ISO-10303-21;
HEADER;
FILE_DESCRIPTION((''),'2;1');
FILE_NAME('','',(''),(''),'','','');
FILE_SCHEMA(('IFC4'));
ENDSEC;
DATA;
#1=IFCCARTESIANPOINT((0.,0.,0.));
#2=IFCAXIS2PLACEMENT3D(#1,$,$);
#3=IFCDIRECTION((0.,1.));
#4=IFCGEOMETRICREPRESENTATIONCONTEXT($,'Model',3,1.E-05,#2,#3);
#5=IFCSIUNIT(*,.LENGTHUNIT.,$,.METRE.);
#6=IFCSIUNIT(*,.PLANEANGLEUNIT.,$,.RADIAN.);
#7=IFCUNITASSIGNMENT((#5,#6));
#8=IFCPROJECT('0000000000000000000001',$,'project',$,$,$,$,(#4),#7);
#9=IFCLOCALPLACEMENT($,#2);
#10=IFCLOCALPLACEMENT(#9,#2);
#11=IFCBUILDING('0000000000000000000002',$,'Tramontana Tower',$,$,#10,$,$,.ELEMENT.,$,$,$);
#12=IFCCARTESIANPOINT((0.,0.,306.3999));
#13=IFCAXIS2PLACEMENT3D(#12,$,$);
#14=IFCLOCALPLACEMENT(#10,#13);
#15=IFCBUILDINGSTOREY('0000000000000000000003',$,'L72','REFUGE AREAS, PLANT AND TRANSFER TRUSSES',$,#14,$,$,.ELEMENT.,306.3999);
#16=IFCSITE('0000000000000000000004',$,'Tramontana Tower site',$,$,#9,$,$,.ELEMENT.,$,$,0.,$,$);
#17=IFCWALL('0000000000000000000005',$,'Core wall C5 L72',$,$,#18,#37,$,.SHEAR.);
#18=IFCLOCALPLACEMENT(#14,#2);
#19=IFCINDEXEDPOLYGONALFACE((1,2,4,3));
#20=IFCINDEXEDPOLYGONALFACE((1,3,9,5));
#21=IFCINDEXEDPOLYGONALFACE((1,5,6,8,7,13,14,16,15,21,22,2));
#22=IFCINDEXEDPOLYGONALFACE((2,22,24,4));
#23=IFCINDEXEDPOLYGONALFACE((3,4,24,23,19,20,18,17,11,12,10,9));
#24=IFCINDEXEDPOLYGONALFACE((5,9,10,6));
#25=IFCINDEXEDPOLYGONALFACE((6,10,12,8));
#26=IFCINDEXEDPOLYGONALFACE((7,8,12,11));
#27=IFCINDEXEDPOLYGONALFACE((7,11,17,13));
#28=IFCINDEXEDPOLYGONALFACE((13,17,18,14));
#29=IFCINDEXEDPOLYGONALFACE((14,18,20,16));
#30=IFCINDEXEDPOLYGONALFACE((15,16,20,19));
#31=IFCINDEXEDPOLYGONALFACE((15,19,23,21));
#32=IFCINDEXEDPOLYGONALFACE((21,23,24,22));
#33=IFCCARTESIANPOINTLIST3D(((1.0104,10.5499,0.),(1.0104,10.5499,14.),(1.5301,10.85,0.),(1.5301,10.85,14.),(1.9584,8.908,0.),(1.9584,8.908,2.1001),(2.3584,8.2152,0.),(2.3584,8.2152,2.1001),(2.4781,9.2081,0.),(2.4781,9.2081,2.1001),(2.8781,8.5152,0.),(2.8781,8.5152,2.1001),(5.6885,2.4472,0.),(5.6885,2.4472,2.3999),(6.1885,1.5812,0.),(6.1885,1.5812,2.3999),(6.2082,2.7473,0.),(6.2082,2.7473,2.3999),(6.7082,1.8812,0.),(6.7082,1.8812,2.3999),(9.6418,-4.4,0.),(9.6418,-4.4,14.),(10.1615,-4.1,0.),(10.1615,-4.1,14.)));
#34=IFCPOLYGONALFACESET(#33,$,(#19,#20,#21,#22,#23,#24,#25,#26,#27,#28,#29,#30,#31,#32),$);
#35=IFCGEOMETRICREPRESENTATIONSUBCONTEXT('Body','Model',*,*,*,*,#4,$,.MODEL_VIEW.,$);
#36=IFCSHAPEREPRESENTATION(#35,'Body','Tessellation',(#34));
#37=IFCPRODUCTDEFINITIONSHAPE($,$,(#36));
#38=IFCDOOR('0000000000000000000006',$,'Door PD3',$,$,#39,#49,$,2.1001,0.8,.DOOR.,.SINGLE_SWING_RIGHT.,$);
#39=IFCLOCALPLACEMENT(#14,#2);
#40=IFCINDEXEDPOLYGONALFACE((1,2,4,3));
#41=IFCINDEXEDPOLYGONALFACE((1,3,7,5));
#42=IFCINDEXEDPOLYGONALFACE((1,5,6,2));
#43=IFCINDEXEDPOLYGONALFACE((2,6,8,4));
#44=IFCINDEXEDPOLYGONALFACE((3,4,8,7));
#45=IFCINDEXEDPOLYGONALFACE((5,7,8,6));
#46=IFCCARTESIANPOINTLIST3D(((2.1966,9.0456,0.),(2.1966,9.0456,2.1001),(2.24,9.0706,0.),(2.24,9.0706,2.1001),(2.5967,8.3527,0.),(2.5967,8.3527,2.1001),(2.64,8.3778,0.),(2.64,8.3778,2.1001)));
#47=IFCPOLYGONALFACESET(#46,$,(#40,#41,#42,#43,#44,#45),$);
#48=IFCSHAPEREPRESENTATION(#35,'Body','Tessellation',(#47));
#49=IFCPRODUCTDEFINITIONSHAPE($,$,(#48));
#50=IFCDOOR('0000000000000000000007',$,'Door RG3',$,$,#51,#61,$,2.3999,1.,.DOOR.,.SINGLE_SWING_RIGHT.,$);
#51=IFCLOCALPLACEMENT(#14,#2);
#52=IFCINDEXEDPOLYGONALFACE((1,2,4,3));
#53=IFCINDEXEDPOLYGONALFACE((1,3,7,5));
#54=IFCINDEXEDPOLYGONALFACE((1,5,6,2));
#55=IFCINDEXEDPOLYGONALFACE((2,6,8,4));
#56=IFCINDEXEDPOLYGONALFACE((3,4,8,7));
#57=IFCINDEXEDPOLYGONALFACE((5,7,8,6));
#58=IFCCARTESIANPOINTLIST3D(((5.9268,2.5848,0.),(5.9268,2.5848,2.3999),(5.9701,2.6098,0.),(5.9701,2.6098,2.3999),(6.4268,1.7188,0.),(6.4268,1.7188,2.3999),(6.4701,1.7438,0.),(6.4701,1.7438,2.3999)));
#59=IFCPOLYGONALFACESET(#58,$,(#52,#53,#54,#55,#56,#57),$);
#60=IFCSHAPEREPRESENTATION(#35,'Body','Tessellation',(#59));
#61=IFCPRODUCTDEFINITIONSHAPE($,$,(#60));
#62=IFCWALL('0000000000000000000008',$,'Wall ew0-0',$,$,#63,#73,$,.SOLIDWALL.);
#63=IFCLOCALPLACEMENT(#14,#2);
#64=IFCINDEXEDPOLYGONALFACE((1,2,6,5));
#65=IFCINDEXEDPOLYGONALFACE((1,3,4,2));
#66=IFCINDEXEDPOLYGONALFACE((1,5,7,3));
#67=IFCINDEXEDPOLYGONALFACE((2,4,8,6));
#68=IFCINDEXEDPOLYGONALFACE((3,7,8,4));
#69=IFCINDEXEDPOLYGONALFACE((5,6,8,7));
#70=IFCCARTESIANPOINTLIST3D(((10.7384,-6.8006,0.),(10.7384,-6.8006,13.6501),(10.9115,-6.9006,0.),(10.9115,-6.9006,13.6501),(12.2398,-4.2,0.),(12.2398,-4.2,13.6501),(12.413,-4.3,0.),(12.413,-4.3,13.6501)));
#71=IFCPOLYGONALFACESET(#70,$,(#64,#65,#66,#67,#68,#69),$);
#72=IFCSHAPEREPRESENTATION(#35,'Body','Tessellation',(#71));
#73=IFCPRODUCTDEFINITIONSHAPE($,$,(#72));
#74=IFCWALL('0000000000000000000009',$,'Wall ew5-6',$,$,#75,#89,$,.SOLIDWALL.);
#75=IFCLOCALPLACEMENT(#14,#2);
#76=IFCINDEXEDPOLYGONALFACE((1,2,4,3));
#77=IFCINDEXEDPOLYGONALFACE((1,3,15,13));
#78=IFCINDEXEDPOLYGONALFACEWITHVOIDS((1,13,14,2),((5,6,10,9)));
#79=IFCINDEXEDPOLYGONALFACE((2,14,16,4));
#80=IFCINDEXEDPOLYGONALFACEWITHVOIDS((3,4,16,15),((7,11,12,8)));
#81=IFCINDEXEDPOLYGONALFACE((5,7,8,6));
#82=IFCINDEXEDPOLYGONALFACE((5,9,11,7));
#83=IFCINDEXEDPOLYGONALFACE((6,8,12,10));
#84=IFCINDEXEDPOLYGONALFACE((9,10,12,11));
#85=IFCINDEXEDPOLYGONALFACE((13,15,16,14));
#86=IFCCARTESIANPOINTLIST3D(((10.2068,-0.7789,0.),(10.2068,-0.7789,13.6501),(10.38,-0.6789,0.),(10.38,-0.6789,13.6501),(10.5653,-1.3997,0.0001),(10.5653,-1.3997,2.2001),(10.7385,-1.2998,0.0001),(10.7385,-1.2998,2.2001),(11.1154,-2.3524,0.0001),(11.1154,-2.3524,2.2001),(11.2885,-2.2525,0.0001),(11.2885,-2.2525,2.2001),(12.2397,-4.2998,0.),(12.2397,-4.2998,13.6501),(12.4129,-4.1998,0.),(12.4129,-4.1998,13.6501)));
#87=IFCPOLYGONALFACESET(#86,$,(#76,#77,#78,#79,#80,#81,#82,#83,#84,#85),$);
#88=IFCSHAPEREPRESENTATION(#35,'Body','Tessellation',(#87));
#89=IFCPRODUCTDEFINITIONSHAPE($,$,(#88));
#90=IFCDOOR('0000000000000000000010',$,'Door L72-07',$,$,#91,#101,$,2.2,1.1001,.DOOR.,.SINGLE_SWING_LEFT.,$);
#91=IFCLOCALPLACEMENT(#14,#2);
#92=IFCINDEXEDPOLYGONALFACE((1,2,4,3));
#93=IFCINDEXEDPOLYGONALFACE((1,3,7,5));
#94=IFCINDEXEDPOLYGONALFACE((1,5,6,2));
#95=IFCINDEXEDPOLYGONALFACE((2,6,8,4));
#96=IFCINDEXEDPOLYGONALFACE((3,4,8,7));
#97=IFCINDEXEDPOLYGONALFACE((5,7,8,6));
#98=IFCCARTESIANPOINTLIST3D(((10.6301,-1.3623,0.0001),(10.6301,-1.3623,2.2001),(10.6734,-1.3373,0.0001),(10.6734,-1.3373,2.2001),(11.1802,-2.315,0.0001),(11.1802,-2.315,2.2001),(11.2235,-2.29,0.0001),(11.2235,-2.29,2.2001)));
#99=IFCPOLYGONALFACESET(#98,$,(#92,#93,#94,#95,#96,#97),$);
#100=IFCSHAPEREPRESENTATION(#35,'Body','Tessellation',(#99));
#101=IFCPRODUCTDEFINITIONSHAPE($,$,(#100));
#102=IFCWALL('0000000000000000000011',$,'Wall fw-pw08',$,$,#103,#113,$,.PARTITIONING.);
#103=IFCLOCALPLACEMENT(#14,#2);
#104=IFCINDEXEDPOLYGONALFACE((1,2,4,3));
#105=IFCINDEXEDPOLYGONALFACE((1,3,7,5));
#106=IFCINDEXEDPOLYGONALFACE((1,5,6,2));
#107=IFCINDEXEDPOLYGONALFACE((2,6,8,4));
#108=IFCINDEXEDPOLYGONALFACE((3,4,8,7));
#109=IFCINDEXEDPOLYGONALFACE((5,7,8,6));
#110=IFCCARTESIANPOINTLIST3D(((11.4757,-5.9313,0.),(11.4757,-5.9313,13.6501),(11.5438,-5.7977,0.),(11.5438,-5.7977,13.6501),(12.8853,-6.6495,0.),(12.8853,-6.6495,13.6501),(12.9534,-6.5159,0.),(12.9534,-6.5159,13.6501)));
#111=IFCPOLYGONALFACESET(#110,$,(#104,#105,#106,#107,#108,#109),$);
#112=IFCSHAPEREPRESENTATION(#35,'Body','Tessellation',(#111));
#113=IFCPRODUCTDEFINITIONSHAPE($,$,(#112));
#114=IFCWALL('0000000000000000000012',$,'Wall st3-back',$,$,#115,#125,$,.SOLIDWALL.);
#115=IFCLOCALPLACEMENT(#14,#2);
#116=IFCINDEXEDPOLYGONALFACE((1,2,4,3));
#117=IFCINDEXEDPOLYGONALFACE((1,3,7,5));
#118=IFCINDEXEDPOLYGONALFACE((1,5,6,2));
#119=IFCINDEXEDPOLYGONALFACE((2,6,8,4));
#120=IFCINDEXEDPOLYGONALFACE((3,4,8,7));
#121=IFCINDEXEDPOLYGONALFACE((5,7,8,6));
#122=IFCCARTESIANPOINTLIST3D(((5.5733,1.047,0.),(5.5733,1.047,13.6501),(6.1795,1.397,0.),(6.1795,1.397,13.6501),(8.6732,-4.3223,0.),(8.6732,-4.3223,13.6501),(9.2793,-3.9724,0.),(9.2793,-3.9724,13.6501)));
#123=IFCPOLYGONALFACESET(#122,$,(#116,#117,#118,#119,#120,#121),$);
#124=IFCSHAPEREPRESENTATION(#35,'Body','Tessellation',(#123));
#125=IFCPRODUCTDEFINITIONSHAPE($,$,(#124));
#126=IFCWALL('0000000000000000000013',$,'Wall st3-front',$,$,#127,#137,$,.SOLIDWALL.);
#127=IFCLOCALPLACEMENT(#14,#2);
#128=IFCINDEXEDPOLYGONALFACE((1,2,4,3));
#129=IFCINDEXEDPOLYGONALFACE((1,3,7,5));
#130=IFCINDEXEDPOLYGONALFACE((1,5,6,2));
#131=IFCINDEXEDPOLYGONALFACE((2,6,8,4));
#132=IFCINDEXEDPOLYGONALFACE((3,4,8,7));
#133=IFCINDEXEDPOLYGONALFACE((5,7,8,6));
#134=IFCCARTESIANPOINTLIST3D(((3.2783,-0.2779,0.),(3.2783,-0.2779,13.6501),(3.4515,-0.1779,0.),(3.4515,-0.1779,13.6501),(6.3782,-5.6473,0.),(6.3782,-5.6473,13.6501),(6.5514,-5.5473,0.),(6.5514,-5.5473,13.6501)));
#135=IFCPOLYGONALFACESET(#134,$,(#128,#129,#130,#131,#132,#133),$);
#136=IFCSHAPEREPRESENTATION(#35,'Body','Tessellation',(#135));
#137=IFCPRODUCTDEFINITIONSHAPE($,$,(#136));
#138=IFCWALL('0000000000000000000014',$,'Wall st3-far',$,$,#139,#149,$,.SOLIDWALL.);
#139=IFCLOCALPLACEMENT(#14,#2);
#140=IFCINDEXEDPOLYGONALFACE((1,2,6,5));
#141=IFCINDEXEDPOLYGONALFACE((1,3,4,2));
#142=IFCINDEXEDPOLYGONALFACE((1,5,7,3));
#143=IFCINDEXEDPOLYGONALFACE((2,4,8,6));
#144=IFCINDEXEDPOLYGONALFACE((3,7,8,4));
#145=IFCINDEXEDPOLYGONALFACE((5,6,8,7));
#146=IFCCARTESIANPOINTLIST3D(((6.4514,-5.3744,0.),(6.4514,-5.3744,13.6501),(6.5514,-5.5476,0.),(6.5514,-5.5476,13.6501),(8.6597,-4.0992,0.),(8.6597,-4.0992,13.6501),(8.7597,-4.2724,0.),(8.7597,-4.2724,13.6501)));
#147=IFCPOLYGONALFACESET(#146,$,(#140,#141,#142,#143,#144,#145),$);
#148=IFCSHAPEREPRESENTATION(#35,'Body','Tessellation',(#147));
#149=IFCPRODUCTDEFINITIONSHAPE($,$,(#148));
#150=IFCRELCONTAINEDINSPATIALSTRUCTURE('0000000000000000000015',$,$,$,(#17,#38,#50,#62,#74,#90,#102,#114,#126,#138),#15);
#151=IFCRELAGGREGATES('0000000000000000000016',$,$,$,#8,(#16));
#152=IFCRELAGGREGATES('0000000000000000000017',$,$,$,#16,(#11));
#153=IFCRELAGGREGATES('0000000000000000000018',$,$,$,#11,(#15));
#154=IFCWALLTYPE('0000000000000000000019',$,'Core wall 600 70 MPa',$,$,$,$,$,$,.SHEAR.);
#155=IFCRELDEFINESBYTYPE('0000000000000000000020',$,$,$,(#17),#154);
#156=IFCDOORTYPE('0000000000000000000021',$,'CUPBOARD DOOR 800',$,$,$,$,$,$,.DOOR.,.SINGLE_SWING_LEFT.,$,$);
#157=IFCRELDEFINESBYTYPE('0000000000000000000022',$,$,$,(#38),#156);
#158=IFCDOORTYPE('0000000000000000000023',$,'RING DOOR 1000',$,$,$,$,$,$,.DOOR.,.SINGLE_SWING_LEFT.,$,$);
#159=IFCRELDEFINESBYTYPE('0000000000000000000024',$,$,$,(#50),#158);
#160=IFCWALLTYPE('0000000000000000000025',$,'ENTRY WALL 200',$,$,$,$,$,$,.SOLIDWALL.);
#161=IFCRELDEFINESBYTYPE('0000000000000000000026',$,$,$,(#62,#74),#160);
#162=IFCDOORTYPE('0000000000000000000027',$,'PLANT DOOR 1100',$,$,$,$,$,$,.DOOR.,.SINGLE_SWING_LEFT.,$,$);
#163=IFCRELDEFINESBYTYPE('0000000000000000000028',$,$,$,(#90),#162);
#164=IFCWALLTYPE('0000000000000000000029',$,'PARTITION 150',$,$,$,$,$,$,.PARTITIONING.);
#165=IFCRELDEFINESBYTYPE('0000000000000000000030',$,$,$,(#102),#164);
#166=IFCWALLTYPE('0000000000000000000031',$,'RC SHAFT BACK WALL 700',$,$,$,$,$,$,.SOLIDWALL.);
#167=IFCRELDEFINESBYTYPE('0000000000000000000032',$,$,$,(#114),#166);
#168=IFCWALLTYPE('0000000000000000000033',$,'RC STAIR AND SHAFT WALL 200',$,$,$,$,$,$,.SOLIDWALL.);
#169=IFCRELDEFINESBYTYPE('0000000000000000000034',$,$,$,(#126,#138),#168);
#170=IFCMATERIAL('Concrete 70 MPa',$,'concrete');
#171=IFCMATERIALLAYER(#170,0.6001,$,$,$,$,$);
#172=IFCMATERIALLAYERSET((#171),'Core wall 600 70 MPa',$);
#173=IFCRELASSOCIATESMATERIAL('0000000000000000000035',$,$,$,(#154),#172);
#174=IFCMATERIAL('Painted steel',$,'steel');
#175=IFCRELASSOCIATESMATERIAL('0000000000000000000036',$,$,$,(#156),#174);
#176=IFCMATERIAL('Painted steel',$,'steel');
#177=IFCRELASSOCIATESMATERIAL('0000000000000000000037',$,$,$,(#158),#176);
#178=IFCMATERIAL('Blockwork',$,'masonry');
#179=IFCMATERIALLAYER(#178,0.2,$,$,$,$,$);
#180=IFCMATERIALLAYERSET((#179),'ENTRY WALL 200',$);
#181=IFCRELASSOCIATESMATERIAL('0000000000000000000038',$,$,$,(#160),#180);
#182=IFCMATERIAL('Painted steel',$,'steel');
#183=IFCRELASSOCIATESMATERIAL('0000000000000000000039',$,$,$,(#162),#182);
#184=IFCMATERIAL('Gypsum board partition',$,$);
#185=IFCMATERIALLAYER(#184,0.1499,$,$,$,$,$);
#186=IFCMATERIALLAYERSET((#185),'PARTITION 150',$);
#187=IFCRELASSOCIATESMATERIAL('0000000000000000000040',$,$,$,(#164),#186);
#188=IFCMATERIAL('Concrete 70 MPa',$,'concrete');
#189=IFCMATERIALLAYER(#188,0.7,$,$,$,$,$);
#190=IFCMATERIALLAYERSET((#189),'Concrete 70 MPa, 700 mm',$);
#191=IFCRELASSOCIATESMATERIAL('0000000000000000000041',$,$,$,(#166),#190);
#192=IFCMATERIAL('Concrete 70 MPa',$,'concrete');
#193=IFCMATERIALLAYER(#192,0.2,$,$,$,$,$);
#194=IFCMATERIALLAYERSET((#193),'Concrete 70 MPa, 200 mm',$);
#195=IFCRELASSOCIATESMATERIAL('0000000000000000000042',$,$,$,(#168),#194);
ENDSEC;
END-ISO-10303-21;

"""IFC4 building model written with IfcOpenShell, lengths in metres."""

from ifc_helpers import new_model, si_unit, direction, frame, frame_2d, origin, place, context, subcontext, project, spatial, rectangle, extrude, material, layer, layer_set, type_object, element, fill, save


model = new_model("IFC4")

# Units and contexts
model_context = context("Model", 3, precision=1e-05, world=origin(), true_north=direction((0.0, 1.0)))
body_context = subcontext(model_context, "Body", "Model", "MODEL_VIEW")
ifc_project = project(units=[si_unit("LENGTHUNIT", "METRE"), si_unit("PLANEANGLEUNIT", "RADIAN")], contexts=[model_context])

# Site, building, storey
site_placement = place(None, origin())
site = spatial("IfcSite", under=ifc_project, at=site_placement, Name="Tramontana Tower site", CompositionType="ELEMENT", RefElevation=0.0)
building_placement = place(site_placement, origin())
building = spatial("IfcBuilding", under=site, at=building_placement, Name="Tramontana Tower", CompositionType="ELEMENT")
storey_placement = place(building_placement, frame((0.0, 0.0, 306.3999)))
storey = spatial("IfcBuildingStorey", under=building, at=storey_placement, Name="L72", Description="REFUGE AREAS, PLANT AND TRANSFER TRUSSES", CompositionType="ELEMENT", Elevation=306.3999)

# Shared definitions
ifc_material_1 = material(Name="Concrete 70 MPa", Category="concrete")
ifc_layer_1 = layer(ifc_material_1, 0.6001)
ifc_layer_set_1 = layer_set([ifc_layer_1], Name="Core wall 600 70 MPa")
wall_type_1 = type_object("IfcWallType", Name="Core wall 600 70 MPa", PredefinedType="SHEAR", material=ifc_layer_set_1)

# Wall, openings, doors
wall_1_placement = place(storey_placement, frame((9.9016, -4.25, 0.0), z_axis=(0.0, 0.0, 1.0), x_axis=(-0.5, 0.866026, 0.0)))
wall_1 = element("IfcWall", 1, at=wall_1_placement, inside=storey, type_object=wall_type_1, Name="Core wall C5 L72", PredefinedType="SHEAR", context=body_context, shape_type="SweptSolid", body=[
    extrude(rectangle(XDim=17.2627, YDim=0.6001, at=frame_2d((8.6313, 0.0))), origin(), (0.0, 0.0, 1.0), 14.0),
])
opening_1_placement = place(wall_1_placement, frame((6.9065, 0.0, 0.0)))
opening_1 = element("IfcOpeningElement", 2, at=opening_1_placement, cuts=wall_1, PredefinedType="OPENING", context=body_context, shape_type="SweptSolid", body=[
    extrude(rectangle(XDim=1.0, YDim=2.3999, at=frame_2d((0.5, 1.2))), frame((0.0, 0.3101, 0.0), z_axis=(0.0, -1.0, 0.0), x_axis=(1.0, 0.0, 0.0)), (0.0, 0.0, 1.0), 0.6201),
])
opening_2_placement = place(wall_1_placement, frame((14.5669, 0.0, 0.0)))
opening_2 = element("IfcOpeningElement", 3, at=opening_2_placement, cuts=wall_1, PredefinedType="OPENING", context=body_context, shape_type="SweptSolid", body=[
    extrude(rectangle(XDim=0.8, YDim=2.1001, at=frame_2d((0.3999, 1.05))), frame((0.0, 0.3101, 0.0), z_axis=(0.0, -1.0, 0.0), x_axis=(1.0, 0.0, 0.0)), (0.0, 0.0, 1.0), 0.6201),
])
ifc_material_2 = material(Name="Painted steel", Category="steel")
door_type_1 = type_object("IfcDoorType", Name="CUPBOARD DOOR 800", OperationType="SINGLE_SWING_LEFT", PredefinedType="DOOR", material=ifc_material_2)
door_1_placement = place(opening_2_placement, origin())
door_1 = element("IfcDoor", 4, at=door_1_placement, inside=storey, type_object=door_type_1, Name="Door PD3", OperationType="SINGLE_SWING_RIGHT", OverallHeight=2.1001, OverallWidth=0.8, PredefinedType="DOOR", context=body_context, shape_type="SweptSolid", body=[
    extrude(rectangle(XDim=0.8, YDim=2.1001, at=frame_2d((0.3999, 1.05))), frame((0.0, 0.0249, 0.0), z_axis=(0.0, -1.0, 0.0), x_axis=(1.0, 0.0, 0.0)), (0.0, 0.0, 1.0), 0.05),
])
fill(opening_2, door_1)
ifc_material_3 = material(Name="Painted steel", Category="steel")
door_type_2 = type_object("IfcDoorType", Name="RING DOOR 1000", OperationType="SINGLE_SWING_LEFT", PredefinedType="DOOR", material=ifc_material_3)
door_2_placement = place(opening_1_placement, origin())
door_2 = element("IfcDoor", 5, at=door_2_placement, inside=storey, type_object=door_type_2, Name="Door RG3", OperationType="SINGLE_SWING_RIGHT", OverallHeight=2.3999, OverallWidth=1.0, PredefinedType="DOOR", context=body_context, shape_type="SweptSolid", body=[
    extrude(rectangle(XDim=1.0, YDim=2.3999, at=frame_2d((0.5, 1.2))), frame((0.0, 0.0249, 0.0), z_axis=(0.0, -1.0, 0.0), x_axis=(1.0, 0.0, 0.0)), (0.0, 0.0, 1.0), 0.05),
])
fill(opening_1, door_2)

# Wall
ifc_material_4 = material(Name="Blockwork", Category="masonry")
ifc_layer_2 = layer(ifc_material_4, 0.2)
ifc_layer_set_2 = layer_set([ifc_layer_2], Name="ENTRY WALL 200")
wall_type_2 = type_object("IfcWallType", Name="ENTRY WALL 200", PredefinedType="SOLIDWALL", material=ifc_layer_set_2)
wall_2_placement = place(storey_placement, frame((12.3264, -4.25, 0.0), z_axis=(0.0, 0.0, 1.0), x_axis=(-0.500004, -0.866023, 0.0)))
element("IfcWall", 6, at=wall_2_placement, inside=storey, type_object=wall_type_2, Name="Wall ew0-0", PredefinedType="SOLIDWALL", context=body_context, shape_type="SweptSolid", body=[
    extrude(rectangle(XDim=3.0029, YDim=0.2, at=frame_2d((1.5015, 0.0))), origin(), (0.0, 0.0, 1.0), 13.6501),
])

# Wall, opening, door
wall_3_placement = place(storey_placement, frame((10.2935, -0.729, 0.0), z_axis=(0.0, 0.0, 1.0), x_axis=(0.50002, -0.866014, 0.0)))
wall_3 = element("IfcWall", 7, at=wall_3_placement, inside=storey, type_object=wall_type_2, Name="Wall ew5-6", PredefinedType="SOLIDWALL", context=body_context, shape_type="SweptSolid", body=[
    extrude(rectangle(XDim=4.0657, YDim=0.2, at=frame_2d((2.0327, 0.0))), origin(), (0.0, 0.0, 1.0), 13.6501),
])
opening_3_placement = place(wall_3_placement, frame((0.7168, 0.0, 0.0)))
opening_3 = element("IfcOpeningElement", 8, at=opening_3_placement, cuts=wall_3, PredefinedType="OPENING", context=body_context, shape_type="SweptSolid", body=[
    extrude(rectangle(XDim=1.1001, YDim=2.2, at=frame_2d((0.55, 1.1001))), frame((0.0, 0.1099, 0.0), z_axis=(0.0, -1.0, 0.0), x_axis=(1.0, 0.0, 0.0)), (0.0, 0.0, 1.0), 0.22),
])
ifc_material_5 = material(Name="Painted steel", Category="steel")
door_type_3 = type_object("IfcDoorType", Name="PLANT DOOR 1100", OperationType="SINGLE_SWING_LEFT", PredefinedType="DOOR", material=ifc_material_5)
door_3_placement = place(opening_3_placement, origin())
door_3 = element("IfcDoor", 9, at=door_3_placement, inside=storey, type_object=door_type_3, Name="Door L72-07", OperationType="SINGLE_SWING_LEFT", OverallHeight=2.2, OverallWidth=1.1001, PredefinedType="DOOR", context=body_context, shape_type="SweptSolid", body=[
    extrude(rectangle(XDim=1.1001, YDim=2.2, at=frame_2d((0.55, 1.1001))), frame((0.0, 0.0249, 0.0), z_axis=(0.0, -1.0, 0.0), x_axis=(1.0, 0.0, 0.0)), (0.0, 0.0, 1.0), 0.05),
])
fill(opening_3, door_3)

# Walls
ifc_material_6 = material(Name="Gypsum board partition")
ifc_layer_3 = layer(ifc_material_6, 0.1499)
ifc_layer_set_3 = layer_set([ifc_layer_3], Name="PARTITION 150")
wall_type_3 = type_object("IfcWallType", Name="PARTITION 150", PredefinedType="PARTITIONING", material=ifc_layer_set_3)
wall_4_placement = place(storey_placement, frame((11.5098, -5.8645, 0.0), z_axis=(0.0, 0.0, 1.0), x_axis=(0.891007, -0.453991, 0.0)))
element("IfcWall", 10, at=wall_4_placement, inside=storey, type_object=wall_type_3, Name="Wall fw-pw08", PredefinedType="PARTITIONING", context=body_context, shape_type="SweptSolid", body=[
    extrude(rectangle(XDim=1.582, YDim=0.1499, at=frame_2d((0.791, 0.0))), origin(), (0.0, 0.0, 1.0), 13.6501),
])
ifc_material_7 = material(Name="Concrete 70 MPa", Category="concrete")
ifc_layer_4 = layer(ifc_material_7, 0.7)
ifc_layer_set_4 = layer_set([ifc_layer_4], Name="Concrete 70 MPa, 700 mm")
wall_type_4 = type_object("IfcWallType", Name="RC SHAFT BACK WALL 700", PredefinedType="SOLIDWALL", material=ifc_layer_set_4)
wall_5_placement = place(storey_placement, frame((8.9763, -4.1475, 0.0), z_axis=(0.0, 0.0, 1.0), x_axis=(-0.49998, 0.866037, 0.0)))
element("IfcWall", 11, at=wall_5_placement, inside=storey, type_object=wall_type_4, Name="Wall st3-back", PredefinedType="SOLIDWALL", context=body_context, shape_type="SweptSolid", body=[
    extrude(rectangle(XDim=6.2, YDim=0.7, at=frame_2d((3.1001, 0.0))), origin(), (0.0, 0.0, 1.0), 13.6501),
])
ifc_material_8 = material(Name="Concrete 70 MPa", Category="concrete")
ifc_layer_5 = layer(ifc_material_8, 0.2)
ifc_layer_set_5 = layer_set([ifc_layer_5], Name="Concrete 70 MPa, 200 mm")
wall_type_5 = type_object("IfcWallType", Name="RC STAIR AND SHAFT WALL 200", PredefinedType="SOLIDWALL", material=ifc_layer_set_5)
wall_6_placement = place(storey_placement, frame((6.4648, -5.5974, 0.0), z_axis=(0.0, 0.0, 1.0), x_axis=(-0.49998, 0.866037, 0.0)))
element("IfcWall", 12, at=wall_6_placement, inside=storey, type_object=wall_type_5, Name="Wall st3-front", PredefinedType="SOLIDWALL", context=body_context, shape_type="SweptSolid", body=[
    extrude(rectangle(XDim=6.2, YDim=0.2, at=frame_2d((3.1001, 0.0))), origin(), (0.0, 0.0, 1.0), 13.6501),
])
wall_7_placement = place(storey_placement, frame((6.5015, -5.4609, 0.0), z_axis=(0.0, 0.0, 1.0), x_axis=(0.865989, 0.500062, 0.0)))
element("IfcWall", 13, at=wall_7_placement, inside=storey, type_object=wall_type_5, Name="Wall st3-far", PredefinedType="SOLIDWALL", context=body_context, shape_type="SweptSolid", body=[
    extrude(rectangle(XDim=2.55, YDim=0.2, at=frame_2d((1.2749, 0.0))), origin(), (0.0, 0.0, 1.0), 13.6501),
])

save(model, "model.ifc")
